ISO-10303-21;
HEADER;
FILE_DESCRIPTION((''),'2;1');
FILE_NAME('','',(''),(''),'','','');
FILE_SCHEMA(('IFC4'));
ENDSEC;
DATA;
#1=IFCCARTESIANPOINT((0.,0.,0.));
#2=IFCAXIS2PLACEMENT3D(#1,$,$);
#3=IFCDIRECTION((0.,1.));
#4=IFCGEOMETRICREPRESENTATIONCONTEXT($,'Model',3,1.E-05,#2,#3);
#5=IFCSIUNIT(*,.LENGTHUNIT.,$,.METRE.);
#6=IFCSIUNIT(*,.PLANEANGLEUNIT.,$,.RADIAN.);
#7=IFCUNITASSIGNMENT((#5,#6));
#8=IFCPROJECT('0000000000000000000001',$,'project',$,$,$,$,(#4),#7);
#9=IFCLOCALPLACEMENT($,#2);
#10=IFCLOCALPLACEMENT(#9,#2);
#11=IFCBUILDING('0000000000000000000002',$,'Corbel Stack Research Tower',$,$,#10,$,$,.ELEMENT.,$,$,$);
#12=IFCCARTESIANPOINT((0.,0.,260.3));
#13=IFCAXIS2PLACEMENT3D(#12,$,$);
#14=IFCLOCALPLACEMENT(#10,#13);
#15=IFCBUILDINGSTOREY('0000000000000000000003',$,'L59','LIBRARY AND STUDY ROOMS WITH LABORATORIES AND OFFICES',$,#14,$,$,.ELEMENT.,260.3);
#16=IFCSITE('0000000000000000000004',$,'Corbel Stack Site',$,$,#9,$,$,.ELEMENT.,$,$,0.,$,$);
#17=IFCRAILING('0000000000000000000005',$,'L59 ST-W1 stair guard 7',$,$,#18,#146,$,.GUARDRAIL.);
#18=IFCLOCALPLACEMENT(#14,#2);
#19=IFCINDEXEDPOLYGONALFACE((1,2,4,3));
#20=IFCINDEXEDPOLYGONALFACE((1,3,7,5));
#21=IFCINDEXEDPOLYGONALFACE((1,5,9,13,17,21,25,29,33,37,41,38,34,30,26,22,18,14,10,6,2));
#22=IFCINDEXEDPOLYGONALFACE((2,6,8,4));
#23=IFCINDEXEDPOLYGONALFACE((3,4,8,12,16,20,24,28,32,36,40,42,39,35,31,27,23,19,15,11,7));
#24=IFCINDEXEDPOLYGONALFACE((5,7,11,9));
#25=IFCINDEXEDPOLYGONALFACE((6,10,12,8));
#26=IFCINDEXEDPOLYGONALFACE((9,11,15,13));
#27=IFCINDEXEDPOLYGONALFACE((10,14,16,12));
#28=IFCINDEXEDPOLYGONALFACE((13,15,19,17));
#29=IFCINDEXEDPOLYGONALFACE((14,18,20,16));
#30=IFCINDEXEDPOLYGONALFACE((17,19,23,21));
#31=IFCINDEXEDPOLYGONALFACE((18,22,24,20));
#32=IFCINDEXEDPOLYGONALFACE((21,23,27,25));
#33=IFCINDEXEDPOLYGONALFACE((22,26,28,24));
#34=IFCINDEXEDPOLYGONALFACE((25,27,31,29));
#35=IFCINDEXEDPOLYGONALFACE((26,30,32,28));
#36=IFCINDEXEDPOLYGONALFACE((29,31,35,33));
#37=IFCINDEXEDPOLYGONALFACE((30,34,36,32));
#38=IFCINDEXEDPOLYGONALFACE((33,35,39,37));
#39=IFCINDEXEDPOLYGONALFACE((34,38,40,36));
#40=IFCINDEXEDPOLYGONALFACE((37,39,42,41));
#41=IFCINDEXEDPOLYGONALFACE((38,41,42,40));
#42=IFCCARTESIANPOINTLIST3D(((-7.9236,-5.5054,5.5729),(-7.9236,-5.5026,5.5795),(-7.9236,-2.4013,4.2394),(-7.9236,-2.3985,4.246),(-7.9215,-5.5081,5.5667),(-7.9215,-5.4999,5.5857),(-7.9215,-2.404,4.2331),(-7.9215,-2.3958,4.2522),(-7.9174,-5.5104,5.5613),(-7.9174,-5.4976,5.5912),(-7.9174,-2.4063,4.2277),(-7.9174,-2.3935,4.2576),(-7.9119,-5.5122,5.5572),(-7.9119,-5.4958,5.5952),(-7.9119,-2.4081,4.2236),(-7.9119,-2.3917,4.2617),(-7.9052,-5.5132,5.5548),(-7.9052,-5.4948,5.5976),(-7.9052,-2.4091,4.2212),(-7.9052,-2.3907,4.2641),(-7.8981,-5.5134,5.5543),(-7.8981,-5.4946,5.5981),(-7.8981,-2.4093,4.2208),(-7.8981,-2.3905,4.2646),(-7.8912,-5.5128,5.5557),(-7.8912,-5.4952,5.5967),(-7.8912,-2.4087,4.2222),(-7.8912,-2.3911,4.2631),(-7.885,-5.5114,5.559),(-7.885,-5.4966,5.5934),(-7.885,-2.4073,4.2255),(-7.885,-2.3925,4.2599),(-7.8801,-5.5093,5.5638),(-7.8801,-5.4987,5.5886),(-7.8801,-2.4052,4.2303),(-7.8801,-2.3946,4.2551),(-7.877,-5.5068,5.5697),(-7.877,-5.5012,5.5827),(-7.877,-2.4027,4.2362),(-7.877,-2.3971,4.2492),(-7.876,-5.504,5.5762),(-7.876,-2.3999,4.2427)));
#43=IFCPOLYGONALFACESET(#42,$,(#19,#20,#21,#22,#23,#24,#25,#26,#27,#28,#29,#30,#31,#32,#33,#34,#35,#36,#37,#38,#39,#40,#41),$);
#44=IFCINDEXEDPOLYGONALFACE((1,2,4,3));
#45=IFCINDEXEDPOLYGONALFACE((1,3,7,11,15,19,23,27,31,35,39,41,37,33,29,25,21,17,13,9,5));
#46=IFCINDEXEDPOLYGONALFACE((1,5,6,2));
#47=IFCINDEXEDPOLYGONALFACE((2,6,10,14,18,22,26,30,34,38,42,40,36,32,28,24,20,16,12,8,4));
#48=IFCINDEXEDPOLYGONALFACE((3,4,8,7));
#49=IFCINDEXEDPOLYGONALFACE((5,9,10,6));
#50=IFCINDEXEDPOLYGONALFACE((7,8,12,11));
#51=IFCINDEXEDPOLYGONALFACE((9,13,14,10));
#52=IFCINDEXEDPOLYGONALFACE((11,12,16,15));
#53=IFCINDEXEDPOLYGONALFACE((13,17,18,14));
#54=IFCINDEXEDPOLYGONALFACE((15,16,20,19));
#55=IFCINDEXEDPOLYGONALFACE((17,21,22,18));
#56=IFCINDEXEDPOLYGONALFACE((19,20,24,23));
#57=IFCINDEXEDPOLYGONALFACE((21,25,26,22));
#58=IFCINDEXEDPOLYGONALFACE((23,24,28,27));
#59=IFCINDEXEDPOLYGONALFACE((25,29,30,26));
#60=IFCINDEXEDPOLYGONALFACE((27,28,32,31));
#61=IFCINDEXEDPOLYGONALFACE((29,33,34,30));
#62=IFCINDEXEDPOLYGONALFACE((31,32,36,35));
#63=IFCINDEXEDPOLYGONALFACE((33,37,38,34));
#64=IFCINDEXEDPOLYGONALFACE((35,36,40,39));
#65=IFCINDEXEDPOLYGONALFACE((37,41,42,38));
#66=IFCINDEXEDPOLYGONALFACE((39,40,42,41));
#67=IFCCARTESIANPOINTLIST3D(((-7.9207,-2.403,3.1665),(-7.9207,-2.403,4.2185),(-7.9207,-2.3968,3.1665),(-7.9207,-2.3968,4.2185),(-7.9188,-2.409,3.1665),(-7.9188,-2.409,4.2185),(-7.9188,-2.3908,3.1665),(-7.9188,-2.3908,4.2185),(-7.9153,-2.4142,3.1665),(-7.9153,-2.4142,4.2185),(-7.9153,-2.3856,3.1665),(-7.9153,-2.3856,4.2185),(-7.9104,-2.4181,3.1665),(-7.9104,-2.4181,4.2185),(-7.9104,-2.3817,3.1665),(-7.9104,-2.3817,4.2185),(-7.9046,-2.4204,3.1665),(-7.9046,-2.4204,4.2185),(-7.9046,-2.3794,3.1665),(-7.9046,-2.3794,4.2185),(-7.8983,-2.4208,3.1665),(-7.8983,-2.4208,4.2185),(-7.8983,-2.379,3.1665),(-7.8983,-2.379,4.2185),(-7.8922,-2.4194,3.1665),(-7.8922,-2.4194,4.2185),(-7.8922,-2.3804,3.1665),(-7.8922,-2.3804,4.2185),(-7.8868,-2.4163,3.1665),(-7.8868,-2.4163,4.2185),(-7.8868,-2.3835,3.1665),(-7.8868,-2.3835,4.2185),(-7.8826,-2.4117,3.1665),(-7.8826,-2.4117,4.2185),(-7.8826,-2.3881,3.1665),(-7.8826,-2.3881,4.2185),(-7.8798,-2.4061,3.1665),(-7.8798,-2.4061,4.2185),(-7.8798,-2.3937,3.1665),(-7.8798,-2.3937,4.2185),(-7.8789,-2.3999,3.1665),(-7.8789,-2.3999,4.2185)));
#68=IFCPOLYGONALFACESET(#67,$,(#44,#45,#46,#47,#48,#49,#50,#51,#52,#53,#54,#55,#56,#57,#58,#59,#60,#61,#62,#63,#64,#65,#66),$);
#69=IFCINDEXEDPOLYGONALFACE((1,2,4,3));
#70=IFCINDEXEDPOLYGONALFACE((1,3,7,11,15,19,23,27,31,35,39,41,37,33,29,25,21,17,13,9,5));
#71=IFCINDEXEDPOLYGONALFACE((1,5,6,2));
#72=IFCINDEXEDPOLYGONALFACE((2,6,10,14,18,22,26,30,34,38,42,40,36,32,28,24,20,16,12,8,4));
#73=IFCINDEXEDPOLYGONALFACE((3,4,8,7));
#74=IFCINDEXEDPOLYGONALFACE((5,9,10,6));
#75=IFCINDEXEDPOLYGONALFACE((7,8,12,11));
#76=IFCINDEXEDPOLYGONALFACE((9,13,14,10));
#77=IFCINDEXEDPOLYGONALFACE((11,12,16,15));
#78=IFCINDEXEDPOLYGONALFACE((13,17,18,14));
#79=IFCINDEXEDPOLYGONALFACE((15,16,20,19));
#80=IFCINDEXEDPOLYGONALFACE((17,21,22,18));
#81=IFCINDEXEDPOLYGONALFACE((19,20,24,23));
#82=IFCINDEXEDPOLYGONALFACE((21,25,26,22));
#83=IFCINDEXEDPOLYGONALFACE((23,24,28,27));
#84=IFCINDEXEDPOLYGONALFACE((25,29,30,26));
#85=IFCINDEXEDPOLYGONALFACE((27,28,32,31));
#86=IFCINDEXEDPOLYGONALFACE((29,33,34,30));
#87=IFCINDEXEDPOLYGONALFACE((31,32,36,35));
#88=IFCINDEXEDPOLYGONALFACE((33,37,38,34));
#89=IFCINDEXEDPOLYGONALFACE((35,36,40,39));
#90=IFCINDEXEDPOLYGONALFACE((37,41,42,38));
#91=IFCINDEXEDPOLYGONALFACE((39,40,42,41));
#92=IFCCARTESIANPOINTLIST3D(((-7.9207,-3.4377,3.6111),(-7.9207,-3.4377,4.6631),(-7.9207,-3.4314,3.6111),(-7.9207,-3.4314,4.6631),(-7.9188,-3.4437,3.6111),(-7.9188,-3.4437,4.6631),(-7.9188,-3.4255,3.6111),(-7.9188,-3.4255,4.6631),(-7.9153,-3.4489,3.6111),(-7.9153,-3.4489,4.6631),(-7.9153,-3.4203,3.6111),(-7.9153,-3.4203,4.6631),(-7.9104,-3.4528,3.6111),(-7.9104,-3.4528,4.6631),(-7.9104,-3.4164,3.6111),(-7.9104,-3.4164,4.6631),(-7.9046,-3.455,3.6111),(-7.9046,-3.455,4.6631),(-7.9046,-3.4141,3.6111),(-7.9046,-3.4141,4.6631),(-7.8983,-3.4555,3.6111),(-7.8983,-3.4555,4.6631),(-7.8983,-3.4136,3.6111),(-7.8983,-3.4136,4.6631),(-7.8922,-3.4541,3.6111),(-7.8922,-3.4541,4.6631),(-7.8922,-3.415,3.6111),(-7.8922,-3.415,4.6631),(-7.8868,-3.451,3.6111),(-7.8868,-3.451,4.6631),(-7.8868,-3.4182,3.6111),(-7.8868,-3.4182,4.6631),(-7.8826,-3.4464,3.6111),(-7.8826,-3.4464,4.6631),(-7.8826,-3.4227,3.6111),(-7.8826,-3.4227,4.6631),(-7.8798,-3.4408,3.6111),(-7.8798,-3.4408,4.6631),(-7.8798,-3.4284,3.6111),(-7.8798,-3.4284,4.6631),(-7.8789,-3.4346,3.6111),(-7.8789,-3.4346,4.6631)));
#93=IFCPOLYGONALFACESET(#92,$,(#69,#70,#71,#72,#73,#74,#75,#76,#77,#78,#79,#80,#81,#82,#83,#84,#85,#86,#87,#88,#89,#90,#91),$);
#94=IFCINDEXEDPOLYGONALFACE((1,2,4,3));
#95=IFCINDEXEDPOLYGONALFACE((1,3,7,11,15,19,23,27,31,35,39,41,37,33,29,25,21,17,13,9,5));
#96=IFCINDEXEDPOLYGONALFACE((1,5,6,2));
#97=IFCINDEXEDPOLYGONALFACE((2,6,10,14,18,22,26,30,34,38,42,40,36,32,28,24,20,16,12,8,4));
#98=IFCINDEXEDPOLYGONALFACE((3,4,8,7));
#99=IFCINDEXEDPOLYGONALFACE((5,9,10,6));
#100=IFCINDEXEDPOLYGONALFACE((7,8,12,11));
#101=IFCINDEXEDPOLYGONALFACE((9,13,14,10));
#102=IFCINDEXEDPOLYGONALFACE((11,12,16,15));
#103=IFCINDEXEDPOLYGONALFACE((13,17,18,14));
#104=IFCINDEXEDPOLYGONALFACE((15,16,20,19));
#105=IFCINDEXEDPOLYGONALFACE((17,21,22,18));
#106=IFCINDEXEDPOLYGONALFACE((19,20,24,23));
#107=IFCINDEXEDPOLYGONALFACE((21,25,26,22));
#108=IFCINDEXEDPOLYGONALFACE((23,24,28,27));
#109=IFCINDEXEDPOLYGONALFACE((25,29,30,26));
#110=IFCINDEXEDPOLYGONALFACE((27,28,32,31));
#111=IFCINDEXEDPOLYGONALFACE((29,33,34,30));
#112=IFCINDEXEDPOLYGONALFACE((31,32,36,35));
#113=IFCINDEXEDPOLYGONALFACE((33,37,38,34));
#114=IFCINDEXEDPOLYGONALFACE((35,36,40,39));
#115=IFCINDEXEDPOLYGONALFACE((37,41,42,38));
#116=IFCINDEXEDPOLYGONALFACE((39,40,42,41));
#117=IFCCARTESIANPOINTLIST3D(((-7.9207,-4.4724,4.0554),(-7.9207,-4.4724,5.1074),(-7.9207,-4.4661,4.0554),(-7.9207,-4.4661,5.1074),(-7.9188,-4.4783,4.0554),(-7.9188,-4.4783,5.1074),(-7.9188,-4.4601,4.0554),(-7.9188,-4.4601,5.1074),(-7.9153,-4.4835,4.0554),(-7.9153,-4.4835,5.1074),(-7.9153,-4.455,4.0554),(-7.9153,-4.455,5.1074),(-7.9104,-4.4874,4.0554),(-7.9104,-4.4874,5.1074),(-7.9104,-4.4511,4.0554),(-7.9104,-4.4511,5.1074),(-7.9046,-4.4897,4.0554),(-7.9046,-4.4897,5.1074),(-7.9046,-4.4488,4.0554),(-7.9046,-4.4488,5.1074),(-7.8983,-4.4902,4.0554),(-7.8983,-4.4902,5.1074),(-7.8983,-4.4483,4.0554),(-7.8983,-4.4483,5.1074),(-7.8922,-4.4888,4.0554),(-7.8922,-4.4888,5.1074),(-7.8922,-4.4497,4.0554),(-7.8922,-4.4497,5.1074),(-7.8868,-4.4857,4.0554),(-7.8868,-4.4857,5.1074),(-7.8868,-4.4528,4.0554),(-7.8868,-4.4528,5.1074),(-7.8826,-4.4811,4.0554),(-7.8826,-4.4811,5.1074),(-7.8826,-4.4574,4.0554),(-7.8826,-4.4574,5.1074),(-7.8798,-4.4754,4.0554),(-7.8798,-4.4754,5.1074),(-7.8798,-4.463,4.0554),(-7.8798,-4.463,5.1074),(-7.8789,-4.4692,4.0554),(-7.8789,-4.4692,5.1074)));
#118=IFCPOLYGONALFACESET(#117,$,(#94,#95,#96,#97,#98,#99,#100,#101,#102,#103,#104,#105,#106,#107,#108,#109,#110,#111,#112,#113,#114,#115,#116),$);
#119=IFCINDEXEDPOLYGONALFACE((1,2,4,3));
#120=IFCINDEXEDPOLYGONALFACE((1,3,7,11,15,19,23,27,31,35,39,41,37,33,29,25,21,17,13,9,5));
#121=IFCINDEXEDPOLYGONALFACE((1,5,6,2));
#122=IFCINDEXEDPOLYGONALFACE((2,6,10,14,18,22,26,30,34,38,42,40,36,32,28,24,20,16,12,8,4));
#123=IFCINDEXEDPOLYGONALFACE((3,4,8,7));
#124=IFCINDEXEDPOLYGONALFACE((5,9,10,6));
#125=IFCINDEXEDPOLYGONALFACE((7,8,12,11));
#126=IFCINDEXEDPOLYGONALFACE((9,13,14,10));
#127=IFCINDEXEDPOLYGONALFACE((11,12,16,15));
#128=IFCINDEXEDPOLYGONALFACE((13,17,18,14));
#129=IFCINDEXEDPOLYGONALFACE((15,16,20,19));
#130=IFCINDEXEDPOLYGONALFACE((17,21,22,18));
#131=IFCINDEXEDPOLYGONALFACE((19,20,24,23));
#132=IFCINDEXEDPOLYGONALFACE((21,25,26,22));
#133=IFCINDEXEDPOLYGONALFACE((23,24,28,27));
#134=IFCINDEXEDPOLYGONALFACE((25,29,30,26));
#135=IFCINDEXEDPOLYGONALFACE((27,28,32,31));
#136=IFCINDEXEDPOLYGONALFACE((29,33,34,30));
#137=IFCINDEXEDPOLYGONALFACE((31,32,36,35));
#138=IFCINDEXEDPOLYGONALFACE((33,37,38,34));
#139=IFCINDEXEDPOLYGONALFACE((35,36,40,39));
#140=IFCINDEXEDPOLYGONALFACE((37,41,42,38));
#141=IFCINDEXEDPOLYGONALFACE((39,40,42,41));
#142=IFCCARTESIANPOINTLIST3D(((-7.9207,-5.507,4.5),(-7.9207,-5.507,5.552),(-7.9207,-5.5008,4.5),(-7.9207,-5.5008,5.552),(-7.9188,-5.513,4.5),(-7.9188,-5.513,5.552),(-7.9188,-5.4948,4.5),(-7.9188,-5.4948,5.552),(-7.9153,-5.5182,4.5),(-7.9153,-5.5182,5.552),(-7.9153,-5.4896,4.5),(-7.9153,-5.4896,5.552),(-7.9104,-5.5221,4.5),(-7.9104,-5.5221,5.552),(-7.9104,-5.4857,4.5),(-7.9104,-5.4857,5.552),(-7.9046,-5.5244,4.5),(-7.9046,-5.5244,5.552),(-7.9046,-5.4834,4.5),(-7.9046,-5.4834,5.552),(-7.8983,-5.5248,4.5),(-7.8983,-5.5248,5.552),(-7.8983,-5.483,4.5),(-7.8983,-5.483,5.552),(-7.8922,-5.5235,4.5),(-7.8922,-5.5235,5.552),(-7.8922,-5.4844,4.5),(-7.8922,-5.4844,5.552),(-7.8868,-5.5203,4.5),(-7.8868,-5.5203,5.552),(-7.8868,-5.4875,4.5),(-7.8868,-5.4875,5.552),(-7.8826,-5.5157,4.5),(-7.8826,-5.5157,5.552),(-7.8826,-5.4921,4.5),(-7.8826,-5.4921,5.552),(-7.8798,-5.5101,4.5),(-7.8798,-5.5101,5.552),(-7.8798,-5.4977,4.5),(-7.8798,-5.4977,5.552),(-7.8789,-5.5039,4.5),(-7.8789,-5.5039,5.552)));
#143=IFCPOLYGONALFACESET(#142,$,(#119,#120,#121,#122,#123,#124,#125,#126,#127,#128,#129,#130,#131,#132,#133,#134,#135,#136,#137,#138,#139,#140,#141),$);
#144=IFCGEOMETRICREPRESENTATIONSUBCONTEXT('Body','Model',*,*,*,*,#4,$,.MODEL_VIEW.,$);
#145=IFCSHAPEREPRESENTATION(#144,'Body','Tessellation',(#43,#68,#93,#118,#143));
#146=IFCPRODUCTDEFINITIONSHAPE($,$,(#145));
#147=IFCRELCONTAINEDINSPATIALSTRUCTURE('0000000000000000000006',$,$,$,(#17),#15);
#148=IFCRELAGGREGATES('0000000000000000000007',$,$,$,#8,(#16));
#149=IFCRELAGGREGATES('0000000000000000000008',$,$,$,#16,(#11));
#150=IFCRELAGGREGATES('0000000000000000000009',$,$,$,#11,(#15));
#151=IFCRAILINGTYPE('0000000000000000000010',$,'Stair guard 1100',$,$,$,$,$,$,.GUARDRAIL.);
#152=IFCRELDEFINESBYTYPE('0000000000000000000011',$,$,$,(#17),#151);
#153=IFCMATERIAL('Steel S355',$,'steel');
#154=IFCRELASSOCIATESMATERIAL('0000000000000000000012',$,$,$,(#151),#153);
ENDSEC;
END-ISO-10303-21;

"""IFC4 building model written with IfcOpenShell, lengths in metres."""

from ifc_helpers import new_model, si_unit, direction, frame, origin, origin_2d, place, context, subcontext, project, spatial, circle, extrude, material, type_object, element, save


model = new_model("IFC4")

# Units and contexts
model_context = context("Model", 3, precision=1e-05, world=origin(), true_north=direction((0.0, 1.0)))
body_context = subcontext(model_context, "Body", "Model", "MODEL_VIEW")
ifc_project = project(units=[si_unit("LENGTHUNIT", "METRE"), si_unit("PLANEANGLEUNIT", "RADIAN")], contexts=[model_context])

# Site, building, storey
site_placement = place(None, origin())
site = spatial("IfcSite", under=ifc_project, at=site_placement, Name="Corbel Stack Site", CompositionType="ELEMENT", RefElevation=0.0)
building_placement = place(site_placement, origin())
building = spatial("IfcBuilding", under=site, at=building_placement, Name="Corbel Stack Research Tower", CompositionType="ELEMENT")
storey_placement = place(building_placement, frame((0.0, 0.0, 260.3)))
storey = spatial("IfcBuildingStorey", under=building, at=storey_placement, Name="L59", Description="LIBRARY AND STUDY ROOMS WITH LABORATORIES AND OFFICES", CompositionType="ELEMENT", Elevation=260.3)

# Railing
ifc_material_1 = material(Name="Steel S355", Category="steel")
railing_type_1 = type_object("IfcRailingType", Name="Stair guard 1100", PredefinedType="GUARDRAIL", material=ifc_material_1)
railing_1_placement = place(storey_placement, frame((-7.8999, -2.3999, 3.1665)))
element("IfcRailing", 1, at=railing_1_placement, inside=storey, type_object=railing_type_1, Name="L59 ST-W1 stair guard 7", PredefinedType="GUARDRAIL", context=body_context, shape_type="SweptSolid", body=[
    extrude(circle(Radius=0.0239, at=origin_2d()), frame((0.0, 0.0, 1.0762), z_axis=(0.0, -0.918801, 0.394722), x_axis=(1.0, 0.0, 0.0)), (0.0, 0.0, 1.0), 3.3784),
    extrude(circle(Radius=0.021, at=origin_2d()), origin(), (0.0, 0.0, 1.0), 1.052),
    extrude(circle(Radius=0.021, at=origin_2d()), frame((0.0, -1.0347, 0.4446)), (0.0, 0.0, 1.0), 1.052),
    extrude(circle(Radius=0.021, at=origin_2d()), frame((0.0, -2.0693, 0.8889)), (0.0, 0.0, 1.0), 1.052),
    extrude(circle(Radius=0.021, at=origin_2d()), frame((0.0, -3.104, 1.3335)), (0.0, 0.0, 1.0), 1.052),
])

save(model, "model.ifc")
